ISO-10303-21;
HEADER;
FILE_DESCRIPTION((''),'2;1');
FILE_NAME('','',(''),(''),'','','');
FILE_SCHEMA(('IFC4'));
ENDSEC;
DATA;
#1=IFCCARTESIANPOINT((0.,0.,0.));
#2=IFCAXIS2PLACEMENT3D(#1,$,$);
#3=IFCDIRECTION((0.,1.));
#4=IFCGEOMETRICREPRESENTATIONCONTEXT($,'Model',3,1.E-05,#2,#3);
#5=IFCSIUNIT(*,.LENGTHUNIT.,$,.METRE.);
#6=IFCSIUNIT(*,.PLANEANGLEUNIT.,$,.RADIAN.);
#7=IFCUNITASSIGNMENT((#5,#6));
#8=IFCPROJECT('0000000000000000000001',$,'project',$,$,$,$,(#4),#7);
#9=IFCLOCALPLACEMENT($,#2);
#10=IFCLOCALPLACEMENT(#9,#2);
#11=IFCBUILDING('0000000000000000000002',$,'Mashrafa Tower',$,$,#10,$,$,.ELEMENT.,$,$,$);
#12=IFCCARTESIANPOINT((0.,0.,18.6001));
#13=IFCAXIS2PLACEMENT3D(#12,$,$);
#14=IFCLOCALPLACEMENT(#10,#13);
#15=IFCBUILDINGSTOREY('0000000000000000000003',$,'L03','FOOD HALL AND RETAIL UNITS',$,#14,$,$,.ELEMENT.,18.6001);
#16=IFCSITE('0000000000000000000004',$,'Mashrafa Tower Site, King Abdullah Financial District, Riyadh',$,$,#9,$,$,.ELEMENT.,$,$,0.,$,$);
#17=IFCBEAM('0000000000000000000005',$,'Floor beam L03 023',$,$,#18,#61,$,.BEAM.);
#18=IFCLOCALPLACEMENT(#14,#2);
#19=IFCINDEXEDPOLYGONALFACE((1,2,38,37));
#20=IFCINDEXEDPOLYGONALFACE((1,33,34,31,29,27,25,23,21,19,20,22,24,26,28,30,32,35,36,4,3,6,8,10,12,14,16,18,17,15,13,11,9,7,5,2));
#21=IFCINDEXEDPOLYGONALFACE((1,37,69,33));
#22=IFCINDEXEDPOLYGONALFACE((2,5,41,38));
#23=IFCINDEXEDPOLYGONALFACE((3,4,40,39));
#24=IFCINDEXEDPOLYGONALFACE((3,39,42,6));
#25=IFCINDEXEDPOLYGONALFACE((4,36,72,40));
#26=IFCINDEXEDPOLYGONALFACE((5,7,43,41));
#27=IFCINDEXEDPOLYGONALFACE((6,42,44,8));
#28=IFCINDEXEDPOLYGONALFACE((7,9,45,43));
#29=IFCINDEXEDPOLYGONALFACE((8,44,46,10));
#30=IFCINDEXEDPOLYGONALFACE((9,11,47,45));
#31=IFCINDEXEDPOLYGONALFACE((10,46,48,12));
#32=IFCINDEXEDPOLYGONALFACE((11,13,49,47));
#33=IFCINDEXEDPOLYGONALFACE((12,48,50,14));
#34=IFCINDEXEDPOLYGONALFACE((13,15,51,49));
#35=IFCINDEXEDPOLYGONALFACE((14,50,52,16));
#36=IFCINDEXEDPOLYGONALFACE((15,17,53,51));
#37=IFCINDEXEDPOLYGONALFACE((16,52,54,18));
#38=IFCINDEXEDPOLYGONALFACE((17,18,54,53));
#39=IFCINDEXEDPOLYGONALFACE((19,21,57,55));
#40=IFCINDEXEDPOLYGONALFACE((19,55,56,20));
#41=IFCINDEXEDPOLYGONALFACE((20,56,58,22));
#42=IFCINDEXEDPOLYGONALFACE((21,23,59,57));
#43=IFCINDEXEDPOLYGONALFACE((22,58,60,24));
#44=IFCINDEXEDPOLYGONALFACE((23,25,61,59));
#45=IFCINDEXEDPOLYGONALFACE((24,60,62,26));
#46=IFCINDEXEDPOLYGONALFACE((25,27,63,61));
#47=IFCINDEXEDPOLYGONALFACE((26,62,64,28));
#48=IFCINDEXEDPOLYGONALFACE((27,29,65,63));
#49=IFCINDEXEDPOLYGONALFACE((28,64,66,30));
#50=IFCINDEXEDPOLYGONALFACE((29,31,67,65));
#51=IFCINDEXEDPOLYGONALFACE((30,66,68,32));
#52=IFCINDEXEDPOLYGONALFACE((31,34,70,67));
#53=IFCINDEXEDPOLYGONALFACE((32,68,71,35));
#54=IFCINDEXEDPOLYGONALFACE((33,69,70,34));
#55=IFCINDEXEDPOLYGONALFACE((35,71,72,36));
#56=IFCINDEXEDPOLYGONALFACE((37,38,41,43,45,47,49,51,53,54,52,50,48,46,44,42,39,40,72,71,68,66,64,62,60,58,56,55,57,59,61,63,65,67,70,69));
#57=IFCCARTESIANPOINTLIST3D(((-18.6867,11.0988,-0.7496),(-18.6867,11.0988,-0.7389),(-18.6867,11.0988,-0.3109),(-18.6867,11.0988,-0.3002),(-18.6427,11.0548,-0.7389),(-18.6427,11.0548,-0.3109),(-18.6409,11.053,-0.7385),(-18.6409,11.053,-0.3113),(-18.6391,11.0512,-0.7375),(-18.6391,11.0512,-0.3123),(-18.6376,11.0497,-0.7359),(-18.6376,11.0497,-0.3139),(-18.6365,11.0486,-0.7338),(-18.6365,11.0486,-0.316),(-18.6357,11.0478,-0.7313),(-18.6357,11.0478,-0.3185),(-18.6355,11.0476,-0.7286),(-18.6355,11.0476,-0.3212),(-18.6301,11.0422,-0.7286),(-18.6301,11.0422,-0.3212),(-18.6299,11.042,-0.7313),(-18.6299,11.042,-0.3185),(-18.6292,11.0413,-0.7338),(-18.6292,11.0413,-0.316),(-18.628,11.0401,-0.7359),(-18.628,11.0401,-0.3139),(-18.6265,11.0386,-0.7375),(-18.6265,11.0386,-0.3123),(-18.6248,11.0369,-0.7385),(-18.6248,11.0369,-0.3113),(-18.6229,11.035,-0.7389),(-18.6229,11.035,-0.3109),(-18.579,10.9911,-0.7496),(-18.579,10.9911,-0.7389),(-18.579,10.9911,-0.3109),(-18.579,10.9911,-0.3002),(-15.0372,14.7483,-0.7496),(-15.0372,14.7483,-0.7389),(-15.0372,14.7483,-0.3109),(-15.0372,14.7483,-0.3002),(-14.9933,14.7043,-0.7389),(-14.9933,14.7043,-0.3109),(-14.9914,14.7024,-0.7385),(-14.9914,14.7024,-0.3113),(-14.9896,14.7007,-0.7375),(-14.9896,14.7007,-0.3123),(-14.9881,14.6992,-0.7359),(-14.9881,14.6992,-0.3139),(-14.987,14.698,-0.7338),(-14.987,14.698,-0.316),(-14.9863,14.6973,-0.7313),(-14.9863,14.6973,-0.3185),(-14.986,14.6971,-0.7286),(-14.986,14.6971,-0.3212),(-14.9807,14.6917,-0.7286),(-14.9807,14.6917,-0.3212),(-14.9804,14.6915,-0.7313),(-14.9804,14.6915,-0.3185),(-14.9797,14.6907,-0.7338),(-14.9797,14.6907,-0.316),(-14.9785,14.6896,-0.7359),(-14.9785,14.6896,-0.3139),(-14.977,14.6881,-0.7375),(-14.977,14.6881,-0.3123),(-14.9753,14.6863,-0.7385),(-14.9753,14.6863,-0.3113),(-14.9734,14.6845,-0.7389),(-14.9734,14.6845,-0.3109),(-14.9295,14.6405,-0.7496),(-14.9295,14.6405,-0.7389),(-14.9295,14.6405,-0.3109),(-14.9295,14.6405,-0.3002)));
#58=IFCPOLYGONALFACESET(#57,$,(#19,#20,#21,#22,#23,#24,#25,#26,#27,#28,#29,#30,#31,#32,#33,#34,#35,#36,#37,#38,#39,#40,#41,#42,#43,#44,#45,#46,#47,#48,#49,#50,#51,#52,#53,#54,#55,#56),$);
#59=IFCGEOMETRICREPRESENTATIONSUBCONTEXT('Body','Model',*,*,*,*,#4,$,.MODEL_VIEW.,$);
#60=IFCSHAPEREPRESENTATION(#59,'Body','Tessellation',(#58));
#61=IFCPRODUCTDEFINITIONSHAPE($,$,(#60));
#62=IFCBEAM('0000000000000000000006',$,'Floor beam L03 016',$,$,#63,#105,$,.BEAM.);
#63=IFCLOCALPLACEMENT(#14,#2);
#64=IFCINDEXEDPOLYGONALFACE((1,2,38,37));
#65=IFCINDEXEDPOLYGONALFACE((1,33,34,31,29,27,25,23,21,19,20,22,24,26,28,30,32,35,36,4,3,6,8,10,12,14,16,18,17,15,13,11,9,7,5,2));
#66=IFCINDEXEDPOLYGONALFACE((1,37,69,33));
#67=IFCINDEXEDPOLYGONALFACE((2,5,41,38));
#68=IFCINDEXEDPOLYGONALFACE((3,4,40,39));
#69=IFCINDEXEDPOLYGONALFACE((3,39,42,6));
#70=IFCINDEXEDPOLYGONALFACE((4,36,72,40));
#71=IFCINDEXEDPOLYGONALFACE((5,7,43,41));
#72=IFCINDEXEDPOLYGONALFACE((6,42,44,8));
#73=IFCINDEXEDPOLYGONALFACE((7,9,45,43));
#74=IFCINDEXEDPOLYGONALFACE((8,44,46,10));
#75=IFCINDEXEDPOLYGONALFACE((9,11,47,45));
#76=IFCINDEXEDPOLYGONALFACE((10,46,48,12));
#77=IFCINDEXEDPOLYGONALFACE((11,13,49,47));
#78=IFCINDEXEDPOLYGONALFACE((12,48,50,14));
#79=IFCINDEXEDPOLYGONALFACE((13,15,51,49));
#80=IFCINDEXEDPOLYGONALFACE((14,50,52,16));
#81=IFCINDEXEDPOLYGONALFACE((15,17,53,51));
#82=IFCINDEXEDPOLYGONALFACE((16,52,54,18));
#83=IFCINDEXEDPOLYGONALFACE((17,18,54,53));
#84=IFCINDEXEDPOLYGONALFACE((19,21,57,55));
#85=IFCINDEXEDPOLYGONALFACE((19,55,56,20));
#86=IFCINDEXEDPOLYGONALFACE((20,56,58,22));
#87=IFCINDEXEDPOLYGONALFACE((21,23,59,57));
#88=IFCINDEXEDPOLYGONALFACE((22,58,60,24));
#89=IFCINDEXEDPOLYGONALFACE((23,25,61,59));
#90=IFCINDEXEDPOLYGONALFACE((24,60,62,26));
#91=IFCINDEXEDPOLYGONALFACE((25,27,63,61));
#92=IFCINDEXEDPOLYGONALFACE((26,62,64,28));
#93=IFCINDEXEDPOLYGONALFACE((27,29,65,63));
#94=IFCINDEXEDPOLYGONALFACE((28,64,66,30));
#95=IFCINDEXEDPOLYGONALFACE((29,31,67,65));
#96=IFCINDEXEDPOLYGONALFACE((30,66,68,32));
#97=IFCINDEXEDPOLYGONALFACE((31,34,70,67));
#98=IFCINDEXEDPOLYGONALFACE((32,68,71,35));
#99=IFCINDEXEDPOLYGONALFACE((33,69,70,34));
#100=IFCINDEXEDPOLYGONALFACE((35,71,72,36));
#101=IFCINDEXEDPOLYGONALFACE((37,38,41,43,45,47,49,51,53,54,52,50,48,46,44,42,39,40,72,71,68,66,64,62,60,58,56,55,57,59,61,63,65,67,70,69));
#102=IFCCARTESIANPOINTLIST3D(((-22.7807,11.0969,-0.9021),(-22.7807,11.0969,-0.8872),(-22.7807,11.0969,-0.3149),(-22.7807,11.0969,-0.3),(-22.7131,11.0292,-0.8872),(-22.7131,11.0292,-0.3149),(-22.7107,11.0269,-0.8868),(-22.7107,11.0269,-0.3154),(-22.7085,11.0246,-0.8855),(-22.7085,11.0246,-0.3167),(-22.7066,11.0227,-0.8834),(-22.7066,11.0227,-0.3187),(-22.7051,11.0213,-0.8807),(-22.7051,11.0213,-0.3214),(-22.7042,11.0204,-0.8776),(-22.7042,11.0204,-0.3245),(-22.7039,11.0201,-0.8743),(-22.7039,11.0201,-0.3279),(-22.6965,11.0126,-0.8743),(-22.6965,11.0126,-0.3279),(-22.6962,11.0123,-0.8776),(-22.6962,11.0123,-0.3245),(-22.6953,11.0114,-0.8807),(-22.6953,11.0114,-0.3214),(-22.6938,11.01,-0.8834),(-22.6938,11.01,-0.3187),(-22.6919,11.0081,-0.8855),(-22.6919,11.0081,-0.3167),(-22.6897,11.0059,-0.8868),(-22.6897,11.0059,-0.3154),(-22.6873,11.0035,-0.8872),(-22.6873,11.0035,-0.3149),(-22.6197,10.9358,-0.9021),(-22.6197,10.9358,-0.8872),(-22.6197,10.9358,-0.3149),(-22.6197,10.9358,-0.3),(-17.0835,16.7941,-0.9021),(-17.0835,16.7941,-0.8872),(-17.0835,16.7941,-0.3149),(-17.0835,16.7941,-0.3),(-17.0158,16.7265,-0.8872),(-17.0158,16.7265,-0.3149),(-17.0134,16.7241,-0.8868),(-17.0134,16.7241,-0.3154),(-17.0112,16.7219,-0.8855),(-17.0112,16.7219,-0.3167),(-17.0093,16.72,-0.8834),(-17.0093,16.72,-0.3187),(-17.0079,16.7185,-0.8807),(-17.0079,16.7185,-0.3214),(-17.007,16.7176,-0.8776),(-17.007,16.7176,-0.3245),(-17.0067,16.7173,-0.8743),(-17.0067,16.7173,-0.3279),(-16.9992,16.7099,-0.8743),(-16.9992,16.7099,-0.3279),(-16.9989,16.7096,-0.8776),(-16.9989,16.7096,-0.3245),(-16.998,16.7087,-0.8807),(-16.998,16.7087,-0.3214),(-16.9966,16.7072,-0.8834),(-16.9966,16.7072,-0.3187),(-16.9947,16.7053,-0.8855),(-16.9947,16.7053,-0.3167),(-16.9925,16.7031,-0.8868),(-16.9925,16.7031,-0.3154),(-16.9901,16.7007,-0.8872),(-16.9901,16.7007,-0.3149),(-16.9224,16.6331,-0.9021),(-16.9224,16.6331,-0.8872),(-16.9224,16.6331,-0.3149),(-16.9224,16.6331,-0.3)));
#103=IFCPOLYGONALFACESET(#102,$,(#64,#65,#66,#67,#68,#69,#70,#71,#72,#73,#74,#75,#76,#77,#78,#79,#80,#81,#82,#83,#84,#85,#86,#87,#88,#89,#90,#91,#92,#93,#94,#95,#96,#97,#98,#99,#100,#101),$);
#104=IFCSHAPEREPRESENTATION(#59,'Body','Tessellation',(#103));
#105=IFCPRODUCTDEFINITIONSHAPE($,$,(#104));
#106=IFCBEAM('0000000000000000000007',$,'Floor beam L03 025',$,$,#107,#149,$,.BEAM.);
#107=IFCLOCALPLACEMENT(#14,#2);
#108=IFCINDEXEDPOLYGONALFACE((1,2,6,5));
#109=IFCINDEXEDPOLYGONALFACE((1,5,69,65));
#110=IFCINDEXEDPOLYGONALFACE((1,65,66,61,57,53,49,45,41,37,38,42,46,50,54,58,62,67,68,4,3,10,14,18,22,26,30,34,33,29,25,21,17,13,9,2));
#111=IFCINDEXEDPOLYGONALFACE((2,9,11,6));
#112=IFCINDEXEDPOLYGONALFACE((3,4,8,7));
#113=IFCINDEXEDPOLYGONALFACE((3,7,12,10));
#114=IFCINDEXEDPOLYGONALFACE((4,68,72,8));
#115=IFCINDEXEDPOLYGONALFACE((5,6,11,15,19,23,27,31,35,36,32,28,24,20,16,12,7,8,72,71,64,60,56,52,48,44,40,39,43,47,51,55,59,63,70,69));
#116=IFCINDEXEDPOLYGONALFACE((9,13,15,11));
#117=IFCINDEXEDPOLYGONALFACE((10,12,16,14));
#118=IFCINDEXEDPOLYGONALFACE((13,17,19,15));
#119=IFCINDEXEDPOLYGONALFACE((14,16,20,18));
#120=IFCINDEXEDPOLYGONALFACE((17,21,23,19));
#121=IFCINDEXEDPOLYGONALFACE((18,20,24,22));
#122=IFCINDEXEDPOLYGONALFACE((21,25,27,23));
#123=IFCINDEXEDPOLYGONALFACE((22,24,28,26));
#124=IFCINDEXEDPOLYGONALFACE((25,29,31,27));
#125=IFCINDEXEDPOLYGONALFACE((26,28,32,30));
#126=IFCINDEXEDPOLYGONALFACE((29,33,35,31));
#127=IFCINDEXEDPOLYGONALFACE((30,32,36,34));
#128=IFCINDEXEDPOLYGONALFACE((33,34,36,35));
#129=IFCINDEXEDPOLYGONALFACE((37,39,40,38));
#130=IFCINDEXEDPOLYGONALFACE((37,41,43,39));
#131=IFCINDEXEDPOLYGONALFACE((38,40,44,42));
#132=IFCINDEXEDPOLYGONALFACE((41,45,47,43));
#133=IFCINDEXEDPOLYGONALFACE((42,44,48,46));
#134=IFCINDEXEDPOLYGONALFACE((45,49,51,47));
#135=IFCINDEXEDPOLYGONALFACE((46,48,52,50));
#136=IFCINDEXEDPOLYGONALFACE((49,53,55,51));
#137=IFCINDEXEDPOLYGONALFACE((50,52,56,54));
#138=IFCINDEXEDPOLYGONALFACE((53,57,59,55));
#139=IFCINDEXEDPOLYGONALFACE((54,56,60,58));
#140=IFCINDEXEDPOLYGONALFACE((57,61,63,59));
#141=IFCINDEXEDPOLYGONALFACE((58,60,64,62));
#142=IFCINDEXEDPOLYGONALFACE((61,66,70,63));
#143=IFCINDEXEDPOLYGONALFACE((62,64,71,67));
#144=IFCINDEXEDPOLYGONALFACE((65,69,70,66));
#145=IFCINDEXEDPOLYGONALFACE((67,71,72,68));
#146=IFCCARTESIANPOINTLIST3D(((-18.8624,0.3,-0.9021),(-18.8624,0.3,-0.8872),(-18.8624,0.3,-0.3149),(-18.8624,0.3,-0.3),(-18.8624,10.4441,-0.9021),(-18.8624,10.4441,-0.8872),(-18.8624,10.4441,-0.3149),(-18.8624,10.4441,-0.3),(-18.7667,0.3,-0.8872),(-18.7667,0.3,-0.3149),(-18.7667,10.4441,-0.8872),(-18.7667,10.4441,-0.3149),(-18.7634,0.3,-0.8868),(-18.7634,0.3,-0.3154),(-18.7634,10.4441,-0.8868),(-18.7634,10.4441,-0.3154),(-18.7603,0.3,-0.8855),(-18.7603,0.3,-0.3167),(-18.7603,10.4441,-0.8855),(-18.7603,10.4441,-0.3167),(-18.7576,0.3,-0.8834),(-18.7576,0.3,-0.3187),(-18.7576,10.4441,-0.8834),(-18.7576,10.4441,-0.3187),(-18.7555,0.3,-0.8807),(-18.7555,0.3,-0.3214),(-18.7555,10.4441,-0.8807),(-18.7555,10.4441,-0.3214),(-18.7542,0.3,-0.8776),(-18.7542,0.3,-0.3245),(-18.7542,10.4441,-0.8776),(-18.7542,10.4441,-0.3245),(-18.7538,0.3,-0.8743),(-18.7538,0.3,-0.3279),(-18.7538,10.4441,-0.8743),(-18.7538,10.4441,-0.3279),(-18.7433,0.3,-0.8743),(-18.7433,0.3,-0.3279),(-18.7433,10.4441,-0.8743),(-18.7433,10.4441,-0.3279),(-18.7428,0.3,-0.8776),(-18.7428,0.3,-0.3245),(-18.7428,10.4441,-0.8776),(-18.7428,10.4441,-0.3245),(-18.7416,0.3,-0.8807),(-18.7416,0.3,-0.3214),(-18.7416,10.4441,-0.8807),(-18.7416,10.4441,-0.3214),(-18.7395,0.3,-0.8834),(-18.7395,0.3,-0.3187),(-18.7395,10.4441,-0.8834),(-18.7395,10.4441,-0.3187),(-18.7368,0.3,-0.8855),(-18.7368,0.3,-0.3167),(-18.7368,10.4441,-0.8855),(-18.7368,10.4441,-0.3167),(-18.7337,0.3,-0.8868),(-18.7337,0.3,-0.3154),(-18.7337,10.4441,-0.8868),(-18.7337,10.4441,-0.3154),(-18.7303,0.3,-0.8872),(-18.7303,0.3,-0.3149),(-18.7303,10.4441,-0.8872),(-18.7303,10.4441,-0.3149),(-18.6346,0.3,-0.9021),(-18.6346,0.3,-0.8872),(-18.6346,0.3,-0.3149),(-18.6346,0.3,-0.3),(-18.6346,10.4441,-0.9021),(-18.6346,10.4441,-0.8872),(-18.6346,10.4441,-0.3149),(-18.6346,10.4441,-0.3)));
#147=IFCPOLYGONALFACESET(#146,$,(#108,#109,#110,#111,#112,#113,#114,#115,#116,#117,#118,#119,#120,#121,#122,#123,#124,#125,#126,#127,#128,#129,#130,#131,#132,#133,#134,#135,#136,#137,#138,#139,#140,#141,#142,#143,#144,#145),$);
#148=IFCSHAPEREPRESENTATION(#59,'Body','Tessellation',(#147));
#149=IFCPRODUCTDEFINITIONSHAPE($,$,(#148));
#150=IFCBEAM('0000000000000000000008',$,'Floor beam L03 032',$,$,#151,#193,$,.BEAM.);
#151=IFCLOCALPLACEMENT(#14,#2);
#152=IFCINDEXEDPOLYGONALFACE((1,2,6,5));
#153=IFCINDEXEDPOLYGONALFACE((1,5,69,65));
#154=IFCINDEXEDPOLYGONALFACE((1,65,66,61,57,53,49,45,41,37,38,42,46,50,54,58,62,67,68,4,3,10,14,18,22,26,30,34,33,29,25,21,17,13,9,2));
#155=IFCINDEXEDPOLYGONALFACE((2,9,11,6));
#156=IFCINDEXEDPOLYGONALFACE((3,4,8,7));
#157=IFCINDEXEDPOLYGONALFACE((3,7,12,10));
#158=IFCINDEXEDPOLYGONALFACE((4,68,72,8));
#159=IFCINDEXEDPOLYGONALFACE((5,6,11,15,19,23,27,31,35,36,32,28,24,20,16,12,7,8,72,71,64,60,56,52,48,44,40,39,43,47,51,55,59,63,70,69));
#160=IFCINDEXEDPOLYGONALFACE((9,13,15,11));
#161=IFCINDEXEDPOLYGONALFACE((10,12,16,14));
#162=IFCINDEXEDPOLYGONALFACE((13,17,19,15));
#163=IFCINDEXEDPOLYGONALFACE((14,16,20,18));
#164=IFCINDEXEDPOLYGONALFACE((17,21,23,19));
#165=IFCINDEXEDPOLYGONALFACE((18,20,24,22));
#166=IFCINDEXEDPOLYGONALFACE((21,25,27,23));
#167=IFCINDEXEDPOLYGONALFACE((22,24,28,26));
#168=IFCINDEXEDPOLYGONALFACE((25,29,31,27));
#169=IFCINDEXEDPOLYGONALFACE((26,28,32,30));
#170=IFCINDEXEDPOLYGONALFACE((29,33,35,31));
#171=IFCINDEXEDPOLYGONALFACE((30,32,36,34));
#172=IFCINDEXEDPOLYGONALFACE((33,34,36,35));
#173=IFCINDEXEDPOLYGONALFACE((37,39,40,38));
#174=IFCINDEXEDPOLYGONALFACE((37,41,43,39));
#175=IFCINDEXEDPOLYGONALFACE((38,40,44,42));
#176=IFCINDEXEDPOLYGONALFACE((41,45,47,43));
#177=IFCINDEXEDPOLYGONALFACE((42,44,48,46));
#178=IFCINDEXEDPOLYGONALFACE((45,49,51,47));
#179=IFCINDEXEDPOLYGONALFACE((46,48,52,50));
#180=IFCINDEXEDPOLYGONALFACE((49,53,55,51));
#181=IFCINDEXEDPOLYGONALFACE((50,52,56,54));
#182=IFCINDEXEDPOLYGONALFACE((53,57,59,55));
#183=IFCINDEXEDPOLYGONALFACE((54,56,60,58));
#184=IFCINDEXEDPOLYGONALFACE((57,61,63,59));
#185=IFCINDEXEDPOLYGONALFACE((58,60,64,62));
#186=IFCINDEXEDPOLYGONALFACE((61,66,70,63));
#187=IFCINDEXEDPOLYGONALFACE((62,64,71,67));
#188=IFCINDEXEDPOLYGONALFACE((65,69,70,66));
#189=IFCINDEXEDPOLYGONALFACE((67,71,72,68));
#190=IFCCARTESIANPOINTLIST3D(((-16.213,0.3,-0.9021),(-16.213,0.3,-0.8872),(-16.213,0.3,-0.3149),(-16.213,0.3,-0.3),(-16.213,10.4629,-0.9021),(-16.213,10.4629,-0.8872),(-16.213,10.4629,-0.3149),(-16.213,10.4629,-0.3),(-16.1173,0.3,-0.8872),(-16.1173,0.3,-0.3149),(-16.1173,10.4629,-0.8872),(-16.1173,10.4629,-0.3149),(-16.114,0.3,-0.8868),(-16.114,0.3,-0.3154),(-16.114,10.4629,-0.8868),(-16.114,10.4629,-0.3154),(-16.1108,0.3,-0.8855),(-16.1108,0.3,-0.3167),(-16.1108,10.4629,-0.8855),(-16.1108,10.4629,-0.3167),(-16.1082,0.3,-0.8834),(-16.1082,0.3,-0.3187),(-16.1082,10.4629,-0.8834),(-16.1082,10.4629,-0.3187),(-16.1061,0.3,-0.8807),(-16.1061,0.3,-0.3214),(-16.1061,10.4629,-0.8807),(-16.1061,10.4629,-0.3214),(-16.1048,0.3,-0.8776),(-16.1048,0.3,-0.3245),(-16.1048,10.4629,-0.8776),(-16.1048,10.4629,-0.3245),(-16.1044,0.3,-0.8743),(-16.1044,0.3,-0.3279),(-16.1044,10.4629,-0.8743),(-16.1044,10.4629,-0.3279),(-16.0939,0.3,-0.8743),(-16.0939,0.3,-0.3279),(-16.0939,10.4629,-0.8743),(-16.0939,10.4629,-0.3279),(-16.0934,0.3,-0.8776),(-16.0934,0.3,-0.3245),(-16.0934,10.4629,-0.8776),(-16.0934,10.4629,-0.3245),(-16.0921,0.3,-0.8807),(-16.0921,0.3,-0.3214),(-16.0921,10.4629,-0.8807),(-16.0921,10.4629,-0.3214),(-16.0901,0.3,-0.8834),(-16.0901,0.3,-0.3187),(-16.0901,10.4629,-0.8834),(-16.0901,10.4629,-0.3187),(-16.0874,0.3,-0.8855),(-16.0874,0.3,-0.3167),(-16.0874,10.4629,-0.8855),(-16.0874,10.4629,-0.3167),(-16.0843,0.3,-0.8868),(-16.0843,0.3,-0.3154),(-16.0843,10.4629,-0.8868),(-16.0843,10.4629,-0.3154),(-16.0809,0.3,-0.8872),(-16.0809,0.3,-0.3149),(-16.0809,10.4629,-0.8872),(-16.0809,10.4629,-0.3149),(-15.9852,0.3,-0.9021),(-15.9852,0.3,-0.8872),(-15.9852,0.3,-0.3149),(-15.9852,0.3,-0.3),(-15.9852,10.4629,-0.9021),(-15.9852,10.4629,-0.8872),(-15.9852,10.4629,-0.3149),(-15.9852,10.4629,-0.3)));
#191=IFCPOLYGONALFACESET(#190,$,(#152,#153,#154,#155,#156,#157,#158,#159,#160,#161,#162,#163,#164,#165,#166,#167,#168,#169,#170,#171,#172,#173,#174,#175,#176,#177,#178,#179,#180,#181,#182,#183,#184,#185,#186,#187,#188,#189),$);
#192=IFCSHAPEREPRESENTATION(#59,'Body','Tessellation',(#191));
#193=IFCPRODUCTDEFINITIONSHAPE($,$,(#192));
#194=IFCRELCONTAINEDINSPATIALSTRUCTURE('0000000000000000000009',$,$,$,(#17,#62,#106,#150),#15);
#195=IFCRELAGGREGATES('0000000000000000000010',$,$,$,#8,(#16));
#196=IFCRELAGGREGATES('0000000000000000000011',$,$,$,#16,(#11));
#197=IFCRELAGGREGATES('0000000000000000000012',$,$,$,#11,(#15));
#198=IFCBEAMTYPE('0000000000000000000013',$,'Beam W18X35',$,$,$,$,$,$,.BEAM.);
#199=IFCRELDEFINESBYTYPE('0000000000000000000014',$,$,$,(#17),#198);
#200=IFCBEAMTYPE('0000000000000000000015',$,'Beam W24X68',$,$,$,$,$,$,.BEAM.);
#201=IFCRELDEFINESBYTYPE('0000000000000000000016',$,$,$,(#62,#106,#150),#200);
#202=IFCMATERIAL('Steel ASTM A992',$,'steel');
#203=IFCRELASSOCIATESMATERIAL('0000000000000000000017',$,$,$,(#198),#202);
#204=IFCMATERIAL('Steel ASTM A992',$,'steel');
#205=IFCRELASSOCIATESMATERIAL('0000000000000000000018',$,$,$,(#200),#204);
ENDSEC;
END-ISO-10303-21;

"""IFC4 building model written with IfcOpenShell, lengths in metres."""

from ifc_helpers import new_model, si_unit, direction, frame, origin, origin_2d, place, context, subcontext, project, spatial, i_section, extrude, material, material_profile, profile_set, type_object, element, save


model = new_model("IFC4")

# Units and contexts
model_context = context("Model", 3, precision=1e-05, world=origin(), true_north=direction((0.0, 1.0)))
body_context = subcontext(model_context, "Body", "Model", "MODEL_VIEW")
ifc_project = project(units=[si_unit("LENGTHUNIT", "METRE"), si_unit("PLANEANGLEUNIT", "RADIAN")], contexts=[model_context])

# Site, building, storey
site_placement = place(None, origin())
site = spatial("IfcSite", under=ifc_project, at=site_placement, Name="Mashrafa Tower Site, King Abdullah Financial District, Riyadh", CompositionType="ELEMENT", RefElevation=0.0)
building_placement = place(site_placement, origin())
building = spatial("IfcBuilding", under=site, at=building_placement, Name="Mashrafa Tower", CompositionType="ELEMENT")
storey_placement = place(building_placement, frame((0.0, 0.0, 18.6001)))
storey = spatial("IfcBuildingStorey", under=building, at=storey_placement, Name="L03", Description="FOOD HALL AND RETAIL UNITS", CompositionType="ELEMENT", Elevation=18.6001)

# Beams
ifc_material_1 = material(Name="Steel ASTM A992", Category="steel")
ifc_material_profile_1 = material_profile(ifc_material_1, i_section(OverallWidth=0.1523, OverallDepth=0.4495, WebThickness=0.0076, FlangeThickness=0.0107, FilletRadius=0.0103, at=origin_2d()), Name="W18X35")
ifc_profile_set_1 = profile_set([ifc_material_profile_1], Name="Steel ASTM A992")
beam_type_1 = type_object("IfcBeamType", Name="Beam W18X35", PredefinedType="BEAM", material=ifc_profile_set_1)
beam_1_placement = place(storey_placement, frame((-18.6328, 11.0449, -0.5249), z_axis=(0.707107, 0.707107, 0.0), x_axis=(-0.707107, 0.707107, 0.0)))
element("IfcBeam", 1, at=beam_1_placement, inside=storey, type_object=beam_type_1, Name="Floor beam L03 023", PredefinedType="BEAM", context=body_context, shape_type="SweptSolid", body=[
    extrude(i_section(OverallWidth=0.1523, OverallDepth=0.4495, WebThickness=0.0076, FlangeThickness=0.0107, FilletRadius=0.0103, at=origin_2d()), origin(), (0.0, 0.0, 1.0), 5.1611),
])
ifc_material_2 = material(Name="Steel ASTM A992", Category="steel")
ifc_material_profile_2 = material_profile(ifc_material_2, i_section(OverallWidth=0.2278, OverallDepth=0.6021, WebThickness=0.0105, FlangeThickness=0.0149, FilletRadius=0.0129, at=origin_2d()), Name="W24X68")
ifc_profile_set_2 = profile_set([ifc_material_profile_2], Name="Steel ASTM A992")
beam_type_2 = type_object("IfcBeamType", Name="Beam W24X68", PredefinedType="BEAM", material=ifc_profile_set_2)
beam_2_placement = place(storey_placement, frame((-22.7002, 11.0164, -0.6011), z_axis=(0.707107, 0.707107, 0.0), x_axis=(-0.707107, 0.707107, 0.0)))
element("IfcBeam", 2, at=beam_2_placement, inside=storey, type_object=beam_type_2, Name="Floor beam L03 016", PredefinedType="BEAM", context=body_context, shape_type="SweptSolid", body=[
    extrude(i_section(OverallWidth=0.2278, OverallDepth=0.6021, WebThickness=0.0105, FlangeThickness=0.0149, FilletRadius=0.0129, at=origin_2d()), origin(), (0.0, 0.0, 1.0), 8.0571),
])
beam_3_placement = place(storey_placement, frame((-18.7485, 0.3, -0.6011), z_axis=(0.0, 1.0, 0.0), x_axis=(-1.0, 0.0, 0.0)))
element("IfcBeam", 3, at=beam_3_placement, inside=storey, type_object=beam_type_2, Name="Floor beam L03 025", PredefinedType="BEAM", context=body_context, shape_type="SweptSolid", body=[
    extrude(i_section(OverallWidth=0.2278, OverallDepth=0.6021, WebThickness=0.0105, FlangeThickness=0.0149, FilletRadius=0.0129, at=origin_2d()), origin(), (0.0, 0.0, 1.0), 10.144),
])
beam_4_placement = place(storey_placement, frame((-16.0991, 0.3, -0.6011), z_axis=(0.0, 1.0, 0.0), x_axis=(-1.0, 0.0, 0.0)))
element("IfcBeam", 4, at=beam_4_placement, inside=storey, type_object=beam_type_2, Name="Floor beam L03 032", PredefinedType="BEAM", context=body_context, shape_type="SweptSolid", body=[
    extrude(i_section(OverallWidth=0.2278, OverallDepth=0.6021, WebThickness=0.0105, FlangeThickness=0.0149, FilletRadius=0.0129, at=origin_2d()), origin(), (0.0, 0.0, 1.0), 10.1628),
])

save(model, "model.ifc")
